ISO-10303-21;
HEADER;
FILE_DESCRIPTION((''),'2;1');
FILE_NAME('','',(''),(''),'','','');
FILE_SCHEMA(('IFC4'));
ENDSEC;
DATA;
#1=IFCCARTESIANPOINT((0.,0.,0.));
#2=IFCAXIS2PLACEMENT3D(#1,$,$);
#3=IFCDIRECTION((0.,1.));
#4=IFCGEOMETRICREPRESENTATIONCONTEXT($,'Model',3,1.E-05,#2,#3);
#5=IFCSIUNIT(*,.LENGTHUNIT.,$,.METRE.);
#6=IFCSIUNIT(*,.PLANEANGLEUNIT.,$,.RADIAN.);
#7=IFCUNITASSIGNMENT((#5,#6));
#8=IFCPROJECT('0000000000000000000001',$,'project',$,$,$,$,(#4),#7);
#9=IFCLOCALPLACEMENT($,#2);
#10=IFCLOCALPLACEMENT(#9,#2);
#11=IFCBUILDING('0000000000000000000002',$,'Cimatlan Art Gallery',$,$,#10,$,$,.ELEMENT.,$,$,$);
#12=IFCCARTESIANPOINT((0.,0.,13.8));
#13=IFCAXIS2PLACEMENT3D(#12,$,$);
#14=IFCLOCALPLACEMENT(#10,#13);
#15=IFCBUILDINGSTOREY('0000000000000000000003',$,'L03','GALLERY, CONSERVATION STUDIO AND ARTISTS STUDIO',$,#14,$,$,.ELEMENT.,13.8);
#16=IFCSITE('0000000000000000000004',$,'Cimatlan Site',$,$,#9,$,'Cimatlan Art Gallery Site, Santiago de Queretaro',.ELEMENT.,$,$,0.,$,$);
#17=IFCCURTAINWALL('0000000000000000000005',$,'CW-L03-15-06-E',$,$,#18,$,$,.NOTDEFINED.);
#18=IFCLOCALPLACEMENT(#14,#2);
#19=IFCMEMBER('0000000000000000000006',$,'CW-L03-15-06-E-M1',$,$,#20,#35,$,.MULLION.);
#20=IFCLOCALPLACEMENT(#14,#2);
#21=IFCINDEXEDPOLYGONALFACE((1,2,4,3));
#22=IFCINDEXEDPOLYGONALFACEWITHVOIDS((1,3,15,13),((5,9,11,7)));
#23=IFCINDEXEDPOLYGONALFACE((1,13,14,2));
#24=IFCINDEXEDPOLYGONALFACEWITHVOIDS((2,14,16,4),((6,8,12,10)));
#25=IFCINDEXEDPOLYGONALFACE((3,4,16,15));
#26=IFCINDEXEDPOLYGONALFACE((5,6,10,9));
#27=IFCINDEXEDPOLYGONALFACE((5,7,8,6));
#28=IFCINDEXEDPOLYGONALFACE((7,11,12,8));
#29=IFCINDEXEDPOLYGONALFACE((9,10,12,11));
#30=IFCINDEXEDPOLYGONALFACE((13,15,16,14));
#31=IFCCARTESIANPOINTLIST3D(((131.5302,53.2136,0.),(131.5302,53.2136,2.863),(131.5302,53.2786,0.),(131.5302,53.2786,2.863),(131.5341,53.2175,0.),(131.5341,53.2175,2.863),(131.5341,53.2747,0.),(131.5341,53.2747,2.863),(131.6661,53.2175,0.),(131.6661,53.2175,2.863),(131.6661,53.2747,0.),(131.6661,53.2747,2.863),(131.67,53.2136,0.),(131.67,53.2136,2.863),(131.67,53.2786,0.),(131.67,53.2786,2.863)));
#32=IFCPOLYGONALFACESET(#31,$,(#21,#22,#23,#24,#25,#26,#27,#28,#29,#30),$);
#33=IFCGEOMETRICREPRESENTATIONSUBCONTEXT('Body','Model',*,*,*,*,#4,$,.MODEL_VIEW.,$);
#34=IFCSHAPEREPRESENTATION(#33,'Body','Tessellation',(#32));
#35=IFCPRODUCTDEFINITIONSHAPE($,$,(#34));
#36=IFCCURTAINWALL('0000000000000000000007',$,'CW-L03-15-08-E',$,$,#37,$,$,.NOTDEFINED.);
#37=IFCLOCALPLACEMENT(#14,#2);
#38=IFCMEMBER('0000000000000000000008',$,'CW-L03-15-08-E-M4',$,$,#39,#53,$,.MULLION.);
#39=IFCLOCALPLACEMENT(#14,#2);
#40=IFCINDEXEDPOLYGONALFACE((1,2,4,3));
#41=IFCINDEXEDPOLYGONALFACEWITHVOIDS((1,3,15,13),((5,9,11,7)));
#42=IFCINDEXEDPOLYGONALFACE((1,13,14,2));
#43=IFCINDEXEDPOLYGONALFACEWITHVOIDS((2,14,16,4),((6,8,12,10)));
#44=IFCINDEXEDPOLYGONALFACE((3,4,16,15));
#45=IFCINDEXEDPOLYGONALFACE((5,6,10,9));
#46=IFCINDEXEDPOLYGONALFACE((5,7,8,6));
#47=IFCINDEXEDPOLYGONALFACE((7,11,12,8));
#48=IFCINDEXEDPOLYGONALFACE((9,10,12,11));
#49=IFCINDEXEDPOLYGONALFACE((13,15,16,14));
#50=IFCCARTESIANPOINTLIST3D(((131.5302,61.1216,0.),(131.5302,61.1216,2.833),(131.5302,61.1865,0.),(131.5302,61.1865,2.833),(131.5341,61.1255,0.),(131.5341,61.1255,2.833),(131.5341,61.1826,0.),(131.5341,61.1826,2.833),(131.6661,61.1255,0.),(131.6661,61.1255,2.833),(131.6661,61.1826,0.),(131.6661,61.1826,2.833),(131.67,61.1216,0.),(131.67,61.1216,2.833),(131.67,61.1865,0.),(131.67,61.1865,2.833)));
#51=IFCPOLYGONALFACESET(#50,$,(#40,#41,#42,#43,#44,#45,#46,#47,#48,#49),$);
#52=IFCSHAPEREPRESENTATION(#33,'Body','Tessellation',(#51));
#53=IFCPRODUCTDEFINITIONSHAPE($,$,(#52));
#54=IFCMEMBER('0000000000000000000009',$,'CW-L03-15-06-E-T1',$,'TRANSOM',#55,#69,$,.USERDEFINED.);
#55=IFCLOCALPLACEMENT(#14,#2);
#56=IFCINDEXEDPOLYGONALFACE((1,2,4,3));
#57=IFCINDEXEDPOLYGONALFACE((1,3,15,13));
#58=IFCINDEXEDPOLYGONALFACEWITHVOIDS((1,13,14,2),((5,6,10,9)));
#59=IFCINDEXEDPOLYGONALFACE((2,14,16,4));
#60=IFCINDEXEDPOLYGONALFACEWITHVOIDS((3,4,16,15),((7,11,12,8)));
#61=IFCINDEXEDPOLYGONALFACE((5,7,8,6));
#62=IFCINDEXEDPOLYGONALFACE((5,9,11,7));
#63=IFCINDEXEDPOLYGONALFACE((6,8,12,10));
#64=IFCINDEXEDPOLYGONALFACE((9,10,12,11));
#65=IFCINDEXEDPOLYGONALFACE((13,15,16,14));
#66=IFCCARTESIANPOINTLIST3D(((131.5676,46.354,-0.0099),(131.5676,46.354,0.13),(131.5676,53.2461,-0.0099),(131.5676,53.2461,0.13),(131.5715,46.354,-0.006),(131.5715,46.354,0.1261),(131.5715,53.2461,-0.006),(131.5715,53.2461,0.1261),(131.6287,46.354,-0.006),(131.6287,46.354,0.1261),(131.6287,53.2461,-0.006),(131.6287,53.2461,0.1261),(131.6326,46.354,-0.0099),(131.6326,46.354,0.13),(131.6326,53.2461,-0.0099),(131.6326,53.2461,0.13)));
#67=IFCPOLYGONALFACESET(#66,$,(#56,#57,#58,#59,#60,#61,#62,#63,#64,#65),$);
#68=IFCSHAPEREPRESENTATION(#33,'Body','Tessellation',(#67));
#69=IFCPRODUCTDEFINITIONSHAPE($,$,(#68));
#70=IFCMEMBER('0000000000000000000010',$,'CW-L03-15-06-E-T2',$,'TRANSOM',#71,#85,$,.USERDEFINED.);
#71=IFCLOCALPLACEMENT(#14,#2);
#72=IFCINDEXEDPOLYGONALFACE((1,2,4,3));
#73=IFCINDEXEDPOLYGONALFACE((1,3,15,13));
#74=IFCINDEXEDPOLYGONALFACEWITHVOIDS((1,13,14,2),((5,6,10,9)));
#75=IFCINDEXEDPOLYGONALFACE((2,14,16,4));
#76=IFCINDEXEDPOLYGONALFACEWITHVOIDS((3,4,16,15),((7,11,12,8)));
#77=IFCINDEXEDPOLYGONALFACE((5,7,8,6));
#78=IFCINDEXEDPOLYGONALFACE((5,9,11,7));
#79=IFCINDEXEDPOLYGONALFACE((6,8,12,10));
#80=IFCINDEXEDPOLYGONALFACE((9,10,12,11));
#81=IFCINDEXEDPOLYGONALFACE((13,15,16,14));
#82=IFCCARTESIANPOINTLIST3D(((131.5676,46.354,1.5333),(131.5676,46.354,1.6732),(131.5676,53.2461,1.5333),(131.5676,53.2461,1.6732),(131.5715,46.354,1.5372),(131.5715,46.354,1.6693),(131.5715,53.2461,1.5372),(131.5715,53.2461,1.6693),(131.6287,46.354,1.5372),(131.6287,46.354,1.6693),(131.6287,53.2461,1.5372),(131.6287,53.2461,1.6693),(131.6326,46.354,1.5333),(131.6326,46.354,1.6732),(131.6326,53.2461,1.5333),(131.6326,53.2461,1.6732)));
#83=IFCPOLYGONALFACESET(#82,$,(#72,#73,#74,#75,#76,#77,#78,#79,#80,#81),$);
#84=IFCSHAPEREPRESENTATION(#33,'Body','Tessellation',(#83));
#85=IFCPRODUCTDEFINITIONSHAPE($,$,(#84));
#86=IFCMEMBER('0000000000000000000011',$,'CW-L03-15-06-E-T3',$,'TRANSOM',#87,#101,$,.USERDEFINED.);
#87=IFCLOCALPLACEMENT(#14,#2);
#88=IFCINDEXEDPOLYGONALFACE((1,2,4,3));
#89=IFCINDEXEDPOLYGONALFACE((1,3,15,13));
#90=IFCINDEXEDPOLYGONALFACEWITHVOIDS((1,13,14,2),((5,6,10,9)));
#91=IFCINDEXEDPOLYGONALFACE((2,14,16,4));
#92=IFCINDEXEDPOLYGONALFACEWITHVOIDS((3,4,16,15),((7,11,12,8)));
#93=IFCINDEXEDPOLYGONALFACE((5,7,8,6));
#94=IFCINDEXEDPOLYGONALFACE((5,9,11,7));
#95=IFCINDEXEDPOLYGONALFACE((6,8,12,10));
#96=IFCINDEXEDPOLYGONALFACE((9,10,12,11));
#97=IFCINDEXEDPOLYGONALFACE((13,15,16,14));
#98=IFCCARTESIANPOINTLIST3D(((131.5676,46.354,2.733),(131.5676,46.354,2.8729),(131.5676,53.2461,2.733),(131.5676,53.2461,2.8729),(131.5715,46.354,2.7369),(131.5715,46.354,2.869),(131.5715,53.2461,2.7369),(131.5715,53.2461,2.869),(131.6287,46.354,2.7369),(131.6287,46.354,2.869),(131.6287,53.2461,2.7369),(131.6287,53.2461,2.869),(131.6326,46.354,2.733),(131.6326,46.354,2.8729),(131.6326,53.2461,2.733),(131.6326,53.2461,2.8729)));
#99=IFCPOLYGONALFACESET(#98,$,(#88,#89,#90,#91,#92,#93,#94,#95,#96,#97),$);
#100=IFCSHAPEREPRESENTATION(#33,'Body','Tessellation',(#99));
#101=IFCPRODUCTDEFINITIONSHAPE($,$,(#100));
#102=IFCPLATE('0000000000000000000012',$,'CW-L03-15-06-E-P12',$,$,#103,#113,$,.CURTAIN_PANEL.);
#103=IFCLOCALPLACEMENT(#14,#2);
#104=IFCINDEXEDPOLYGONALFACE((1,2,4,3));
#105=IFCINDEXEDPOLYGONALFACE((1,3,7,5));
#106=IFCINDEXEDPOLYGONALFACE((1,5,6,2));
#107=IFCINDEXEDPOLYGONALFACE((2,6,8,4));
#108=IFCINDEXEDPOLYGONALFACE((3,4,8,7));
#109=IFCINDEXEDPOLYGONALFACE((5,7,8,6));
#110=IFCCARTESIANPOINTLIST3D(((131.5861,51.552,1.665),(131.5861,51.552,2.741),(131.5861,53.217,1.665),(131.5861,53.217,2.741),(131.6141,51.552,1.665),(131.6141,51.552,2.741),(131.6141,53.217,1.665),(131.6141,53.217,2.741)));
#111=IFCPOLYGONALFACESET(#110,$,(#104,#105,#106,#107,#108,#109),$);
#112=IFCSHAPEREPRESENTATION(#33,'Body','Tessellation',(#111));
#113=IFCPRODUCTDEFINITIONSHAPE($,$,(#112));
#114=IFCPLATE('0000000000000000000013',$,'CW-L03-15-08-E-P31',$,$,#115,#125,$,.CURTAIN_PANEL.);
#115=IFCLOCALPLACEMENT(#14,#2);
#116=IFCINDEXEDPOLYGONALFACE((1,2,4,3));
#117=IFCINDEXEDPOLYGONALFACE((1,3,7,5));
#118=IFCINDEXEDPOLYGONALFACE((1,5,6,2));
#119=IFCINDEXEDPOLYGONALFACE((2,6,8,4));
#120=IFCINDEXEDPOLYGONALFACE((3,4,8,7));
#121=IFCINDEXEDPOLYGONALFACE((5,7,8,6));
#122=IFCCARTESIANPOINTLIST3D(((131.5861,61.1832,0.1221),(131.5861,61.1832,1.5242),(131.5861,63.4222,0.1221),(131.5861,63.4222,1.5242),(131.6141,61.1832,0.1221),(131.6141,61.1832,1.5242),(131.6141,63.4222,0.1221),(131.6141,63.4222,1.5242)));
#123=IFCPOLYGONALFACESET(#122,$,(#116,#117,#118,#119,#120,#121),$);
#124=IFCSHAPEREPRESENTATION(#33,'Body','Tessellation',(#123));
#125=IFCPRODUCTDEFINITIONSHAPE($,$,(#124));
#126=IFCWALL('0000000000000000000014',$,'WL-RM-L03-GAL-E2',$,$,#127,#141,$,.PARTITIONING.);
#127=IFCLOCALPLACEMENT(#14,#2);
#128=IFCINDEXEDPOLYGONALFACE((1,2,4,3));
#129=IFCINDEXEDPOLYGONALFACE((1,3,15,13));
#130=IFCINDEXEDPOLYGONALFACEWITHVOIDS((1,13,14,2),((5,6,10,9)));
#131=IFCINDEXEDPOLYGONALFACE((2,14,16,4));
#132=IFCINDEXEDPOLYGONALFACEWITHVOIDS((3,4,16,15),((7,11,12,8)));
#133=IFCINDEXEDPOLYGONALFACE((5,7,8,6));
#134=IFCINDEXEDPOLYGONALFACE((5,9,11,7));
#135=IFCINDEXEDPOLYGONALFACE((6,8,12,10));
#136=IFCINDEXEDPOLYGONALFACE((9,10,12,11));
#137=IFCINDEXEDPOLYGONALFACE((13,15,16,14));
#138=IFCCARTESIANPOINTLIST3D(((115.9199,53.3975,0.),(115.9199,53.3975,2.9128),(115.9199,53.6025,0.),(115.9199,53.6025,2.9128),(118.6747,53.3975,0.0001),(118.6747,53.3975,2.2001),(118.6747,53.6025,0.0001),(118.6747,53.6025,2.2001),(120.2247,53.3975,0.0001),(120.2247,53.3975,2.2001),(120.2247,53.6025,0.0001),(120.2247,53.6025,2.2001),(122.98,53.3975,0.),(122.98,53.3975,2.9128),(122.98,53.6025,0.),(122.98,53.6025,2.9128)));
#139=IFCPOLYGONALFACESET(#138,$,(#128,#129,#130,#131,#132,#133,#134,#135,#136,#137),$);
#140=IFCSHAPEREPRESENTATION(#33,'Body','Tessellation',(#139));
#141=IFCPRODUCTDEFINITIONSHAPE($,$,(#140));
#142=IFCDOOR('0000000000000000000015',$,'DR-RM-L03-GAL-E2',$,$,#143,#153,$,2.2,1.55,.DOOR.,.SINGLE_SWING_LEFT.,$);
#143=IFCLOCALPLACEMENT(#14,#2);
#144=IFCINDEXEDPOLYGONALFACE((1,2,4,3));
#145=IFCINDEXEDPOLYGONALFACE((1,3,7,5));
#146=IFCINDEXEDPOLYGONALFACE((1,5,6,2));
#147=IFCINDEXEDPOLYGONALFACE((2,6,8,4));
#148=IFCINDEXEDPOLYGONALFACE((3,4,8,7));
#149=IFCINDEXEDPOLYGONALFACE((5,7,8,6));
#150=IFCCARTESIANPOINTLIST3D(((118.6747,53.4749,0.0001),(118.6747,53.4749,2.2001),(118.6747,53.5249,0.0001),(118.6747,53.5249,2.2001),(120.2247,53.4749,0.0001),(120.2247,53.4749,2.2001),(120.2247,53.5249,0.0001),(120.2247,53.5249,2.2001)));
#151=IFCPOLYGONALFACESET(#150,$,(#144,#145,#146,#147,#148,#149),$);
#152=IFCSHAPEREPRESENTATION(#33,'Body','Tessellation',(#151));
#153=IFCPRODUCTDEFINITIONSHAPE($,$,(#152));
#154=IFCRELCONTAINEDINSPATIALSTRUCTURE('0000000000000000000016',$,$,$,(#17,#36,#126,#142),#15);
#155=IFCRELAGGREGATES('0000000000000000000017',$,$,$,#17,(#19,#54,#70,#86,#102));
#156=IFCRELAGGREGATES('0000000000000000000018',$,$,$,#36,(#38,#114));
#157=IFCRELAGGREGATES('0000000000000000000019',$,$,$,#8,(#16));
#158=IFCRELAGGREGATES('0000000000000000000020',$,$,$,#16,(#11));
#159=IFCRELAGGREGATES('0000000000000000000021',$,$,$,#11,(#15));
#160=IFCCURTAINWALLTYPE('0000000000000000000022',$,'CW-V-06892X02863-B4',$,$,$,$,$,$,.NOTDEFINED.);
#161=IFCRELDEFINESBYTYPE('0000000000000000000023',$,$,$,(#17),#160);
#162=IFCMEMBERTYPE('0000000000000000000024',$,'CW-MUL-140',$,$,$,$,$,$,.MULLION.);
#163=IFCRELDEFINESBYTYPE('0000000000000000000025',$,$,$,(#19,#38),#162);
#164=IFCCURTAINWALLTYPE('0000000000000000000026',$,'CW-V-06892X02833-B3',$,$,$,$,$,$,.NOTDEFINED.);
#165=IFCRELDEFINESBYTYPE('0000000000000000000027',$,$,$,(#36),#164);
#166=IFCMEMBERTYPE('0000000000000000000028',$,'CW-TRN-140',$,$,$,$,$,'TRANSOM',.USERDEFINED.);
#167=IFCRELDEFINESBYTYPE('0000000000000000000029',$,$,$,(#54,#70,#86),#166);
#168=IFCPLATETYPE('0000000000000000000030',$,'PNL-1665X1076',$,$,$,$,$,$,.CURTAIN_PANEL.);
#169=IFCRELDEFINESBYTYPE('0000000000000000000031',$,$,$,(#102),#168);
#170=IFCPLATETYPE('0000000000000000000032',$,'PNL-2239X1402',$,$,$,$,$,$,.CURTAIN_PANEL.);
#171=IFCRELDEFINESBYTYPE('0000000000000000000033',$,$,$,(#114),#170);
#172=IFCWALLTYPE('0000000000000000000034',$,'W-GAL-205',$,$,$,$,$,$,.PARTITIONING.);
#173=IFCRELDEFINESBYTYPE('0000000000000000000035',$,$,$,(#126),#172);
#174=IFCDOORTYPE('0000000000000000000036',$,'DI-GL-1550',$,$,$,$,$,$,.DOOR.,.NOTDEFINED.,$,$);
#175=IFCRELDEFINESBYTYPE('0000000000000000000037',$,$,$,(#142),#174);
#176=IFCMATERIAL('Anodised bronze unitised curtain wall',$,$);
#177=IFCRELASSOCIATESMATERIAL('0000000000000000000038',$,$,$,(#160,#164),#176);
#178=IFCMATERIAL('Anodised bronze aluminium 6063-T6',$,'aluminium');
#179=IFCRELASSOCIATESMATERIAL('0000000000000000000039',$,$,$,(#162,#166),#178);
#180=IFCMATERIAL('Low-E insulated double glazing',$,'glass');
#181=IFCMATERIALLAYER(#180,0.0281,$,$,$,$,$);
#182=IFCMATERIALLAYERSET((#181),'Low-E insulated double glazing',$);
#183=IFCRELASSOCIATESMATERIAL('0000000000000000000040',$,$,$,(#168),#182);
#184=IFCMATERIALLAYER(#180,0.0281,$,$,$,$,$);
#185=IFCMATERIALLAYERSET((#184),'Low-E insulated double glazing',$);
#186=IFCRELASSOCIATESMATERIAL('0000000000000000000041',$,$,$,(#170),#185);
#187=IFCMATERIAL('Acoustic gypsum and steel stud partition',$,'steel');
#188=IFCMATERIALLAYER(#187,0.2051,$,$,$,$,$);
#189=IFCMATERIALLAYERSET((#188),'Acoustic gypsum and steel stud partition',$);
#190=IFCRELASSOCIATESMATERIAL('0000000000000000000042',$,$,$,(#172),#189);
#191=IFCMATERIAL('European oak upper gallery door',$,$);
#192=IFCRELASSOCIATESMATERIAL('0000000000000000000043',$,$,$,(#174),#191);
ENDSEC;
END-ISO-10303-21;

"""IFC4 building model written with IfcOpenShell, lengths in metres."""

from ifc_helpers import new_model, si_unit, direction, frame, frame_2d, origin, origin_2d, place, context, subcontext, project, spatial, rectangle, hollow_rectangle, extrude, material, layer, layer_set, material_profile, profile_set, type_object, element, fill, aggregate, save


model = new_model("IFC4")

# Units and contexts
model_context = context("Model", 3, precision=1e-05, world=origin(), true_north=direction((0.0, 1.0)))
body_context = subcontext(model_context, "Body", "Model", "MODEL_VIEW")
ifc_project = project(units=[si_unit("LENGTHUNIT", "METRE"), si_unit("PLANEANGLEUNIT", "RADIAN")], contexts=[model_context])

# Site, building, storey
site_placement = place(None, origin())
site = spatial("IfcSite", under=ifc_project, at=site_placement, Name="Cimatlan Site", LongName="Cimatlan Art Gallery Site, Santiago de Queretaro", CompositionType="ELEMENT", RefElevation=0.0)
building_placement = place(site_placement, origin())
building = spatial("IfcBuilding", under=site, at=building_placement, Name="Cimatlan Art Gallery", CompositionType="ELEMENT")
storey_placement = place(building_placement, frame((0.0, 0.0, 13.8)))
storey = spatial("IfcBuildingStorey", under=building, at=storey_placement, Name="L03", Description="GALLERY, CONSERVATION STUDIO AND ARTISTS STUDIO", CompositionType="ELEMENT", Elevation=13.8)

# Curtain walls, members
ifc_material_1 = material(Name="Anodised bronze unitised curtain wall")
curtain_wall_type_1 = type_object("IfcCurtainWallType", Name="CW-V-06892X02863-B4", PredefinedType="NOTDEFINED", material=ifc_material_1)
curtain_wall_1_placement = place(storey_placement, origin())
curtain_wall_1 = element("IfcCurtainWall", 1, at=curtain_wall_1_placement, inside=storey, type_object=curtain_wall_type_1, Name="CW-L03-15-06-E", PredefinedType="NOTDEFINED")
ifc_material_2 = material(Name="Anodised bronze aluminium 6063-T6", Category="aluminium")
ifc_material_profile_1 = material_profile(ifc_material_2, hollow_rectangle(XDim=0.0649, YDim=0.1399, WallThickness=0.0039, at=origin_2d()), Name="ALU65X140X4")
ifc_profile_set_1 = profile_set([ifc_material_profile_1], Name="Anodised bronze aluminium 6063-T6")
member_type_1 = type_object("IfcMemberType", Name="CW-MUL-140", PredefinedType="MULLION", material=ifc_profile_set_1)
member_1_placement = place(storey_placement, frame((131.6001, 53.2461, 0.0), z_axis=(0.0, 0.0, 1.0), x_axis=(0.0, 1.0, 0.0)))
member_1 = element("IfcMember", 2, at=member_1_placement, type_object=member_type_1, Name="CW-L03-15-06-E-M1", PredefinedType="MULLION", context=body_context, shape_type="SweptSolid", body=[
    extrude(hollow_rectangle(XDim=0.0649, YDim=0.1399, WallThickness=0.0039, at=origin_2d()), origin(), (0.0, 0.0, 1.0), 2.863),
])
curtain_wall_type_2 = type_object("IfcCurtainWallType", Name="CW-V-06892X02833-B3", PredefinedType="NOTDEFINED", material=ifc_material_1)
curtain_wall_2_placement = place(storey_placement, origin())
curtain_wall_2 = element("IfcCurtainWall", 3, at=curtain_wall_2_placement, inside=storey, type_object=curtain_wall_type_2, Name="CW-L03-15-08-E", PredefinedType="NOTDEFINED")
member_2_placement = place(storey_placement, frame((131.6001, 61.1541, 0.0), z_axis=(0.0, 0.0, 1.0), x_axis=(0.0, 1.0, 0.0)))
member_2 = element("IfcMember", 4, at=member_2_placement, type_object=member_type_1, Name="CW-L03-15-08-E-M4", PredefinedType="MULLION", context=body_context, shape_type="SweptSolid", body=[
    extrude(hollow_rectangle(XDim=0.0649, YDim=0.1399, WallThickness=0.0039, at=origin_2d()), origin(), (0.0, 0.0, 1.0), 2.833),
])

# Members
ifc_material_profile_2 = material_profile(ifc_material_2, hollow_rectangle(XDim=0.0649, YDim=0.1399, WallThickness=0.0039, at=origin_2d()), Name="ALU65X140X4")
ifc_profile_set_2 = profile_set([ifc_material_profile_2], Name="Anodised bronze aluminium 6063-T6")
member_type_2 = type_object("IfcMemberType", Name="CW-TRN-140", ElementType="TRANSOM", PredefinedType="USERDEFINED", material=ifc_profile_set_2)
member_3_placement = place(storey_placement, frame((131.6001, 53.2461, 0.0601), z_axis=(0.0, -1.0, 0.0), x_axis=(1.0, 0.0, 0.0)))
member_3 = element("IfcMember", 5, at=member_3_placement, type_object=member_type_2, Name="CW-L03-15-06-E-T1", ObjectType="TRANSOM", PredefinedType="USERDEFINED", context=body_context, shape_type="SweptSolid", body=[
    extrude(hollow_rectangle(XDim=0.0649, YDim=0.1399, WallThickness=0.0039, at=origin_2d()), origin(), (0.0, 0.0, 1.0), 6.8921),
])
member_4_placement = place(storey_placement, frame((131.6001, 53.2461, 1.6033), z_axis=(0.0, -1.0, 0.0), x_axis=(1.0, 0.0, 0.0)))
member_4 = element("IfcMember", 6, at=member_4_placement, type_object=member_type_2, Name="CW-L03-15-06-E-T2", ObjectType="TRANSOM", PredefinedType="USERDEFINED", context=body_context, shape_type="SweptSolid", body=[
    extrude(hollow_rectangle(XDim=0.0649, YDim=0.1399, WallThickness=0.0039, at=origin_2d()), origin(), (0.0, 0.0, 1.0), 6.8921),
])
member_5_placement = place(storey_placement, frame((131.6001, 53.2461, 2.803), z_axis=(0.0, -1.0, 0.0), x_axis=(1.0, 0.0, 0.0)))
member_5 = element("IfcMember", 7, at=member_5_placement, type_object=member_type_2, Name="CW-L03-15-06-E-T3", ObjectType="TRANSOM", PredefinedType="USERDEFINED", context=body_context, shape_type="SweptSolid", body=[
    extrude(hollow_rectangle(XDim=0.0649, YDim=0.1399, WallThickness=0.0039, at=origin_2d()), origin(), (0.0, 0.0, 1.0), 6.8921),
])

# Plates
ifc_material_3 = material(Name="Low-E insulated double glazing", Category="glass")
ifc_layer_1 = layer(ifc_material_3, 0.0281)
ifc_layer_set_1 = layer_set([ifc_layer_1], Name="Low-E insulated double glazing")
plate_type_1 = type_object("IfcPlateType", Name="PNL-1665X1076", PredefinedType="CURTAIN_PANEL", material=ifc_layer_set_1)
plate_1_placement = place(storey_placement, frame((131.6001, 52.3845, 1.665), z_axis=(0.0, 0.0, 1.0), x_axis=(0.0, -1.0, 0.0)))
plate_1 = element("IfcPlate", 8, at=plate_1_placement, type_object=plate_type_1, Name="CW-L03-15-06-E-P12", PredefinedType="CURTAIN_PANEL", context=body_context, shape_type="SweptSolid", body=[
    extrude(rectangle(XDim=1.665, YDim=0.0281, at=origin_2d()), origin(), (0.0, 0.0, 1.0), 1.0759),
])
aggregate(curtain_wall_1, [member_1, member_3, member_4, member_5, plate_1])
ifc_layer_2 = layer(ifc_material_3, 0.0281)
ifc_layer_set_2 = layer_set([ifc_layer_2], Name="Low-E insulated double glazing")
plate_type_2 = type_object("IfcPlateType", Name="PNL-2239X1402", PredefinedType="CURTAIN_PANEL", material=ifc_layer_set_2)
plate_2_placement = place(storey_placement, frame((131.6001, 62.3027, 0.1221), z_axis=(0.0, 0.0, 1.0), x_axis=(0.0, -1.0, 0.0)))
plate_2 = element("IfcPlate", 9, at=plate_2_placement, type_object=plate_type_2, Name="CW-L03-15-08-E-P31", PredefinedType="CURTAIN_PANEL", context=body_context, shape_type="SweptSolid", body=[
    extrude(rectangle(XDim=2.239, YDim=0.0281, at=origin_2d()), origin(), (0.0, 0.0, 1.0), 1.4021),
])
aggregate(curtain_wall_2, [member_2, plate_2])

# Wall, opening, door
ifc_material_4 = material(Name="Acoustic gypsum and steel stud partition", Category="steel")
ifc_layer_3 = layer(ifc_material_4, 0.2051)
ifc_layer_set_3 = layer_set([ifc_layer_3], Name="Acoustic gypsum and steel stud partition")
wall_type_1 = type_object("IfcWallType", Name="W-GAL-205", PredefinedType="PARTITIONING", material=ifc_layer_set_3)
wall_1_placement = place(storey_placement, frame((115.9199, 53.5, 0.0), z_axis=(0.0, 0.0, 1.0), x_axis=(1.0, 0.0, 0.0)))
wall_1 = element("IfcWall", 10, at=wall_1_placement, inside=storey, type_object=wall_type_1, Name="WL-RM-L03-GAL-E2", PredefinedType="PARTITIONING", context=body_context, shape_type="SweptSolid", body=[
    extrude(rectangle(XDim=7.0601, YDim=0.2051, at=frame_2d((3.53, 0.0))), origin(), (0.0, 0.0, 1.0), 2.9128),
])
opening_1_placement = place(wall_1_placement, frame((2.7549, 0.0, 0.0)))
opening_1 = element("IfcOpeningElement", 11, at=opening_1_placement, cuts=wall_1, PredefinedType="OPENING", context=body_context, shape_type="SweptSolid", body=[
    extrude(rectangle(XDim=1.55, YDim=2.2, at=frame_2d((0.7749, 1.1001))), frame((0.0, 0.1125, 0.0), z_axis=(0.0, -1.0, 0.0), x_axis=(1.0, 0.0, 0.0)), (0.0, 0.0, 1.0), 0.2251),
])
ifc_material_5 = material(Name="European oak upper gallery door")
door_type_1 = type_object("IfcDoorType", Name="DI-GL-1550", OperationType="NOTDEFINED", PredefinedType="DOOR", material=ifc_material_5)
door_1_placement = place(opening_1_placement, origin())
door_1 = element("IfcDoor", 12, at=door_1_placement, inside=storey, type_object=door_type_1, Name="DR-RM-L03-GAL-E2", OperationType="SINGLE_SWING_LEFT", OverallHeight=2.2, OverallWidth=1.55, PredefinedType="DOOR", context=body_context, shape_type="SweptSolid", body=[
    extrude(rectangle(XDim=1.55, YDim=2.2, at=frame_2d((0.7749, 1.1001))), frame((0.0, 0.0249, 0.0), z_axis=(0.0, -1.0, 0.0), x_axis=(1.0, 0.0, 0.0)), (0.0, 0.0, 1.0), 0.05),
])
fill(opening_1, door_1)

save(model, "model.ifc")
